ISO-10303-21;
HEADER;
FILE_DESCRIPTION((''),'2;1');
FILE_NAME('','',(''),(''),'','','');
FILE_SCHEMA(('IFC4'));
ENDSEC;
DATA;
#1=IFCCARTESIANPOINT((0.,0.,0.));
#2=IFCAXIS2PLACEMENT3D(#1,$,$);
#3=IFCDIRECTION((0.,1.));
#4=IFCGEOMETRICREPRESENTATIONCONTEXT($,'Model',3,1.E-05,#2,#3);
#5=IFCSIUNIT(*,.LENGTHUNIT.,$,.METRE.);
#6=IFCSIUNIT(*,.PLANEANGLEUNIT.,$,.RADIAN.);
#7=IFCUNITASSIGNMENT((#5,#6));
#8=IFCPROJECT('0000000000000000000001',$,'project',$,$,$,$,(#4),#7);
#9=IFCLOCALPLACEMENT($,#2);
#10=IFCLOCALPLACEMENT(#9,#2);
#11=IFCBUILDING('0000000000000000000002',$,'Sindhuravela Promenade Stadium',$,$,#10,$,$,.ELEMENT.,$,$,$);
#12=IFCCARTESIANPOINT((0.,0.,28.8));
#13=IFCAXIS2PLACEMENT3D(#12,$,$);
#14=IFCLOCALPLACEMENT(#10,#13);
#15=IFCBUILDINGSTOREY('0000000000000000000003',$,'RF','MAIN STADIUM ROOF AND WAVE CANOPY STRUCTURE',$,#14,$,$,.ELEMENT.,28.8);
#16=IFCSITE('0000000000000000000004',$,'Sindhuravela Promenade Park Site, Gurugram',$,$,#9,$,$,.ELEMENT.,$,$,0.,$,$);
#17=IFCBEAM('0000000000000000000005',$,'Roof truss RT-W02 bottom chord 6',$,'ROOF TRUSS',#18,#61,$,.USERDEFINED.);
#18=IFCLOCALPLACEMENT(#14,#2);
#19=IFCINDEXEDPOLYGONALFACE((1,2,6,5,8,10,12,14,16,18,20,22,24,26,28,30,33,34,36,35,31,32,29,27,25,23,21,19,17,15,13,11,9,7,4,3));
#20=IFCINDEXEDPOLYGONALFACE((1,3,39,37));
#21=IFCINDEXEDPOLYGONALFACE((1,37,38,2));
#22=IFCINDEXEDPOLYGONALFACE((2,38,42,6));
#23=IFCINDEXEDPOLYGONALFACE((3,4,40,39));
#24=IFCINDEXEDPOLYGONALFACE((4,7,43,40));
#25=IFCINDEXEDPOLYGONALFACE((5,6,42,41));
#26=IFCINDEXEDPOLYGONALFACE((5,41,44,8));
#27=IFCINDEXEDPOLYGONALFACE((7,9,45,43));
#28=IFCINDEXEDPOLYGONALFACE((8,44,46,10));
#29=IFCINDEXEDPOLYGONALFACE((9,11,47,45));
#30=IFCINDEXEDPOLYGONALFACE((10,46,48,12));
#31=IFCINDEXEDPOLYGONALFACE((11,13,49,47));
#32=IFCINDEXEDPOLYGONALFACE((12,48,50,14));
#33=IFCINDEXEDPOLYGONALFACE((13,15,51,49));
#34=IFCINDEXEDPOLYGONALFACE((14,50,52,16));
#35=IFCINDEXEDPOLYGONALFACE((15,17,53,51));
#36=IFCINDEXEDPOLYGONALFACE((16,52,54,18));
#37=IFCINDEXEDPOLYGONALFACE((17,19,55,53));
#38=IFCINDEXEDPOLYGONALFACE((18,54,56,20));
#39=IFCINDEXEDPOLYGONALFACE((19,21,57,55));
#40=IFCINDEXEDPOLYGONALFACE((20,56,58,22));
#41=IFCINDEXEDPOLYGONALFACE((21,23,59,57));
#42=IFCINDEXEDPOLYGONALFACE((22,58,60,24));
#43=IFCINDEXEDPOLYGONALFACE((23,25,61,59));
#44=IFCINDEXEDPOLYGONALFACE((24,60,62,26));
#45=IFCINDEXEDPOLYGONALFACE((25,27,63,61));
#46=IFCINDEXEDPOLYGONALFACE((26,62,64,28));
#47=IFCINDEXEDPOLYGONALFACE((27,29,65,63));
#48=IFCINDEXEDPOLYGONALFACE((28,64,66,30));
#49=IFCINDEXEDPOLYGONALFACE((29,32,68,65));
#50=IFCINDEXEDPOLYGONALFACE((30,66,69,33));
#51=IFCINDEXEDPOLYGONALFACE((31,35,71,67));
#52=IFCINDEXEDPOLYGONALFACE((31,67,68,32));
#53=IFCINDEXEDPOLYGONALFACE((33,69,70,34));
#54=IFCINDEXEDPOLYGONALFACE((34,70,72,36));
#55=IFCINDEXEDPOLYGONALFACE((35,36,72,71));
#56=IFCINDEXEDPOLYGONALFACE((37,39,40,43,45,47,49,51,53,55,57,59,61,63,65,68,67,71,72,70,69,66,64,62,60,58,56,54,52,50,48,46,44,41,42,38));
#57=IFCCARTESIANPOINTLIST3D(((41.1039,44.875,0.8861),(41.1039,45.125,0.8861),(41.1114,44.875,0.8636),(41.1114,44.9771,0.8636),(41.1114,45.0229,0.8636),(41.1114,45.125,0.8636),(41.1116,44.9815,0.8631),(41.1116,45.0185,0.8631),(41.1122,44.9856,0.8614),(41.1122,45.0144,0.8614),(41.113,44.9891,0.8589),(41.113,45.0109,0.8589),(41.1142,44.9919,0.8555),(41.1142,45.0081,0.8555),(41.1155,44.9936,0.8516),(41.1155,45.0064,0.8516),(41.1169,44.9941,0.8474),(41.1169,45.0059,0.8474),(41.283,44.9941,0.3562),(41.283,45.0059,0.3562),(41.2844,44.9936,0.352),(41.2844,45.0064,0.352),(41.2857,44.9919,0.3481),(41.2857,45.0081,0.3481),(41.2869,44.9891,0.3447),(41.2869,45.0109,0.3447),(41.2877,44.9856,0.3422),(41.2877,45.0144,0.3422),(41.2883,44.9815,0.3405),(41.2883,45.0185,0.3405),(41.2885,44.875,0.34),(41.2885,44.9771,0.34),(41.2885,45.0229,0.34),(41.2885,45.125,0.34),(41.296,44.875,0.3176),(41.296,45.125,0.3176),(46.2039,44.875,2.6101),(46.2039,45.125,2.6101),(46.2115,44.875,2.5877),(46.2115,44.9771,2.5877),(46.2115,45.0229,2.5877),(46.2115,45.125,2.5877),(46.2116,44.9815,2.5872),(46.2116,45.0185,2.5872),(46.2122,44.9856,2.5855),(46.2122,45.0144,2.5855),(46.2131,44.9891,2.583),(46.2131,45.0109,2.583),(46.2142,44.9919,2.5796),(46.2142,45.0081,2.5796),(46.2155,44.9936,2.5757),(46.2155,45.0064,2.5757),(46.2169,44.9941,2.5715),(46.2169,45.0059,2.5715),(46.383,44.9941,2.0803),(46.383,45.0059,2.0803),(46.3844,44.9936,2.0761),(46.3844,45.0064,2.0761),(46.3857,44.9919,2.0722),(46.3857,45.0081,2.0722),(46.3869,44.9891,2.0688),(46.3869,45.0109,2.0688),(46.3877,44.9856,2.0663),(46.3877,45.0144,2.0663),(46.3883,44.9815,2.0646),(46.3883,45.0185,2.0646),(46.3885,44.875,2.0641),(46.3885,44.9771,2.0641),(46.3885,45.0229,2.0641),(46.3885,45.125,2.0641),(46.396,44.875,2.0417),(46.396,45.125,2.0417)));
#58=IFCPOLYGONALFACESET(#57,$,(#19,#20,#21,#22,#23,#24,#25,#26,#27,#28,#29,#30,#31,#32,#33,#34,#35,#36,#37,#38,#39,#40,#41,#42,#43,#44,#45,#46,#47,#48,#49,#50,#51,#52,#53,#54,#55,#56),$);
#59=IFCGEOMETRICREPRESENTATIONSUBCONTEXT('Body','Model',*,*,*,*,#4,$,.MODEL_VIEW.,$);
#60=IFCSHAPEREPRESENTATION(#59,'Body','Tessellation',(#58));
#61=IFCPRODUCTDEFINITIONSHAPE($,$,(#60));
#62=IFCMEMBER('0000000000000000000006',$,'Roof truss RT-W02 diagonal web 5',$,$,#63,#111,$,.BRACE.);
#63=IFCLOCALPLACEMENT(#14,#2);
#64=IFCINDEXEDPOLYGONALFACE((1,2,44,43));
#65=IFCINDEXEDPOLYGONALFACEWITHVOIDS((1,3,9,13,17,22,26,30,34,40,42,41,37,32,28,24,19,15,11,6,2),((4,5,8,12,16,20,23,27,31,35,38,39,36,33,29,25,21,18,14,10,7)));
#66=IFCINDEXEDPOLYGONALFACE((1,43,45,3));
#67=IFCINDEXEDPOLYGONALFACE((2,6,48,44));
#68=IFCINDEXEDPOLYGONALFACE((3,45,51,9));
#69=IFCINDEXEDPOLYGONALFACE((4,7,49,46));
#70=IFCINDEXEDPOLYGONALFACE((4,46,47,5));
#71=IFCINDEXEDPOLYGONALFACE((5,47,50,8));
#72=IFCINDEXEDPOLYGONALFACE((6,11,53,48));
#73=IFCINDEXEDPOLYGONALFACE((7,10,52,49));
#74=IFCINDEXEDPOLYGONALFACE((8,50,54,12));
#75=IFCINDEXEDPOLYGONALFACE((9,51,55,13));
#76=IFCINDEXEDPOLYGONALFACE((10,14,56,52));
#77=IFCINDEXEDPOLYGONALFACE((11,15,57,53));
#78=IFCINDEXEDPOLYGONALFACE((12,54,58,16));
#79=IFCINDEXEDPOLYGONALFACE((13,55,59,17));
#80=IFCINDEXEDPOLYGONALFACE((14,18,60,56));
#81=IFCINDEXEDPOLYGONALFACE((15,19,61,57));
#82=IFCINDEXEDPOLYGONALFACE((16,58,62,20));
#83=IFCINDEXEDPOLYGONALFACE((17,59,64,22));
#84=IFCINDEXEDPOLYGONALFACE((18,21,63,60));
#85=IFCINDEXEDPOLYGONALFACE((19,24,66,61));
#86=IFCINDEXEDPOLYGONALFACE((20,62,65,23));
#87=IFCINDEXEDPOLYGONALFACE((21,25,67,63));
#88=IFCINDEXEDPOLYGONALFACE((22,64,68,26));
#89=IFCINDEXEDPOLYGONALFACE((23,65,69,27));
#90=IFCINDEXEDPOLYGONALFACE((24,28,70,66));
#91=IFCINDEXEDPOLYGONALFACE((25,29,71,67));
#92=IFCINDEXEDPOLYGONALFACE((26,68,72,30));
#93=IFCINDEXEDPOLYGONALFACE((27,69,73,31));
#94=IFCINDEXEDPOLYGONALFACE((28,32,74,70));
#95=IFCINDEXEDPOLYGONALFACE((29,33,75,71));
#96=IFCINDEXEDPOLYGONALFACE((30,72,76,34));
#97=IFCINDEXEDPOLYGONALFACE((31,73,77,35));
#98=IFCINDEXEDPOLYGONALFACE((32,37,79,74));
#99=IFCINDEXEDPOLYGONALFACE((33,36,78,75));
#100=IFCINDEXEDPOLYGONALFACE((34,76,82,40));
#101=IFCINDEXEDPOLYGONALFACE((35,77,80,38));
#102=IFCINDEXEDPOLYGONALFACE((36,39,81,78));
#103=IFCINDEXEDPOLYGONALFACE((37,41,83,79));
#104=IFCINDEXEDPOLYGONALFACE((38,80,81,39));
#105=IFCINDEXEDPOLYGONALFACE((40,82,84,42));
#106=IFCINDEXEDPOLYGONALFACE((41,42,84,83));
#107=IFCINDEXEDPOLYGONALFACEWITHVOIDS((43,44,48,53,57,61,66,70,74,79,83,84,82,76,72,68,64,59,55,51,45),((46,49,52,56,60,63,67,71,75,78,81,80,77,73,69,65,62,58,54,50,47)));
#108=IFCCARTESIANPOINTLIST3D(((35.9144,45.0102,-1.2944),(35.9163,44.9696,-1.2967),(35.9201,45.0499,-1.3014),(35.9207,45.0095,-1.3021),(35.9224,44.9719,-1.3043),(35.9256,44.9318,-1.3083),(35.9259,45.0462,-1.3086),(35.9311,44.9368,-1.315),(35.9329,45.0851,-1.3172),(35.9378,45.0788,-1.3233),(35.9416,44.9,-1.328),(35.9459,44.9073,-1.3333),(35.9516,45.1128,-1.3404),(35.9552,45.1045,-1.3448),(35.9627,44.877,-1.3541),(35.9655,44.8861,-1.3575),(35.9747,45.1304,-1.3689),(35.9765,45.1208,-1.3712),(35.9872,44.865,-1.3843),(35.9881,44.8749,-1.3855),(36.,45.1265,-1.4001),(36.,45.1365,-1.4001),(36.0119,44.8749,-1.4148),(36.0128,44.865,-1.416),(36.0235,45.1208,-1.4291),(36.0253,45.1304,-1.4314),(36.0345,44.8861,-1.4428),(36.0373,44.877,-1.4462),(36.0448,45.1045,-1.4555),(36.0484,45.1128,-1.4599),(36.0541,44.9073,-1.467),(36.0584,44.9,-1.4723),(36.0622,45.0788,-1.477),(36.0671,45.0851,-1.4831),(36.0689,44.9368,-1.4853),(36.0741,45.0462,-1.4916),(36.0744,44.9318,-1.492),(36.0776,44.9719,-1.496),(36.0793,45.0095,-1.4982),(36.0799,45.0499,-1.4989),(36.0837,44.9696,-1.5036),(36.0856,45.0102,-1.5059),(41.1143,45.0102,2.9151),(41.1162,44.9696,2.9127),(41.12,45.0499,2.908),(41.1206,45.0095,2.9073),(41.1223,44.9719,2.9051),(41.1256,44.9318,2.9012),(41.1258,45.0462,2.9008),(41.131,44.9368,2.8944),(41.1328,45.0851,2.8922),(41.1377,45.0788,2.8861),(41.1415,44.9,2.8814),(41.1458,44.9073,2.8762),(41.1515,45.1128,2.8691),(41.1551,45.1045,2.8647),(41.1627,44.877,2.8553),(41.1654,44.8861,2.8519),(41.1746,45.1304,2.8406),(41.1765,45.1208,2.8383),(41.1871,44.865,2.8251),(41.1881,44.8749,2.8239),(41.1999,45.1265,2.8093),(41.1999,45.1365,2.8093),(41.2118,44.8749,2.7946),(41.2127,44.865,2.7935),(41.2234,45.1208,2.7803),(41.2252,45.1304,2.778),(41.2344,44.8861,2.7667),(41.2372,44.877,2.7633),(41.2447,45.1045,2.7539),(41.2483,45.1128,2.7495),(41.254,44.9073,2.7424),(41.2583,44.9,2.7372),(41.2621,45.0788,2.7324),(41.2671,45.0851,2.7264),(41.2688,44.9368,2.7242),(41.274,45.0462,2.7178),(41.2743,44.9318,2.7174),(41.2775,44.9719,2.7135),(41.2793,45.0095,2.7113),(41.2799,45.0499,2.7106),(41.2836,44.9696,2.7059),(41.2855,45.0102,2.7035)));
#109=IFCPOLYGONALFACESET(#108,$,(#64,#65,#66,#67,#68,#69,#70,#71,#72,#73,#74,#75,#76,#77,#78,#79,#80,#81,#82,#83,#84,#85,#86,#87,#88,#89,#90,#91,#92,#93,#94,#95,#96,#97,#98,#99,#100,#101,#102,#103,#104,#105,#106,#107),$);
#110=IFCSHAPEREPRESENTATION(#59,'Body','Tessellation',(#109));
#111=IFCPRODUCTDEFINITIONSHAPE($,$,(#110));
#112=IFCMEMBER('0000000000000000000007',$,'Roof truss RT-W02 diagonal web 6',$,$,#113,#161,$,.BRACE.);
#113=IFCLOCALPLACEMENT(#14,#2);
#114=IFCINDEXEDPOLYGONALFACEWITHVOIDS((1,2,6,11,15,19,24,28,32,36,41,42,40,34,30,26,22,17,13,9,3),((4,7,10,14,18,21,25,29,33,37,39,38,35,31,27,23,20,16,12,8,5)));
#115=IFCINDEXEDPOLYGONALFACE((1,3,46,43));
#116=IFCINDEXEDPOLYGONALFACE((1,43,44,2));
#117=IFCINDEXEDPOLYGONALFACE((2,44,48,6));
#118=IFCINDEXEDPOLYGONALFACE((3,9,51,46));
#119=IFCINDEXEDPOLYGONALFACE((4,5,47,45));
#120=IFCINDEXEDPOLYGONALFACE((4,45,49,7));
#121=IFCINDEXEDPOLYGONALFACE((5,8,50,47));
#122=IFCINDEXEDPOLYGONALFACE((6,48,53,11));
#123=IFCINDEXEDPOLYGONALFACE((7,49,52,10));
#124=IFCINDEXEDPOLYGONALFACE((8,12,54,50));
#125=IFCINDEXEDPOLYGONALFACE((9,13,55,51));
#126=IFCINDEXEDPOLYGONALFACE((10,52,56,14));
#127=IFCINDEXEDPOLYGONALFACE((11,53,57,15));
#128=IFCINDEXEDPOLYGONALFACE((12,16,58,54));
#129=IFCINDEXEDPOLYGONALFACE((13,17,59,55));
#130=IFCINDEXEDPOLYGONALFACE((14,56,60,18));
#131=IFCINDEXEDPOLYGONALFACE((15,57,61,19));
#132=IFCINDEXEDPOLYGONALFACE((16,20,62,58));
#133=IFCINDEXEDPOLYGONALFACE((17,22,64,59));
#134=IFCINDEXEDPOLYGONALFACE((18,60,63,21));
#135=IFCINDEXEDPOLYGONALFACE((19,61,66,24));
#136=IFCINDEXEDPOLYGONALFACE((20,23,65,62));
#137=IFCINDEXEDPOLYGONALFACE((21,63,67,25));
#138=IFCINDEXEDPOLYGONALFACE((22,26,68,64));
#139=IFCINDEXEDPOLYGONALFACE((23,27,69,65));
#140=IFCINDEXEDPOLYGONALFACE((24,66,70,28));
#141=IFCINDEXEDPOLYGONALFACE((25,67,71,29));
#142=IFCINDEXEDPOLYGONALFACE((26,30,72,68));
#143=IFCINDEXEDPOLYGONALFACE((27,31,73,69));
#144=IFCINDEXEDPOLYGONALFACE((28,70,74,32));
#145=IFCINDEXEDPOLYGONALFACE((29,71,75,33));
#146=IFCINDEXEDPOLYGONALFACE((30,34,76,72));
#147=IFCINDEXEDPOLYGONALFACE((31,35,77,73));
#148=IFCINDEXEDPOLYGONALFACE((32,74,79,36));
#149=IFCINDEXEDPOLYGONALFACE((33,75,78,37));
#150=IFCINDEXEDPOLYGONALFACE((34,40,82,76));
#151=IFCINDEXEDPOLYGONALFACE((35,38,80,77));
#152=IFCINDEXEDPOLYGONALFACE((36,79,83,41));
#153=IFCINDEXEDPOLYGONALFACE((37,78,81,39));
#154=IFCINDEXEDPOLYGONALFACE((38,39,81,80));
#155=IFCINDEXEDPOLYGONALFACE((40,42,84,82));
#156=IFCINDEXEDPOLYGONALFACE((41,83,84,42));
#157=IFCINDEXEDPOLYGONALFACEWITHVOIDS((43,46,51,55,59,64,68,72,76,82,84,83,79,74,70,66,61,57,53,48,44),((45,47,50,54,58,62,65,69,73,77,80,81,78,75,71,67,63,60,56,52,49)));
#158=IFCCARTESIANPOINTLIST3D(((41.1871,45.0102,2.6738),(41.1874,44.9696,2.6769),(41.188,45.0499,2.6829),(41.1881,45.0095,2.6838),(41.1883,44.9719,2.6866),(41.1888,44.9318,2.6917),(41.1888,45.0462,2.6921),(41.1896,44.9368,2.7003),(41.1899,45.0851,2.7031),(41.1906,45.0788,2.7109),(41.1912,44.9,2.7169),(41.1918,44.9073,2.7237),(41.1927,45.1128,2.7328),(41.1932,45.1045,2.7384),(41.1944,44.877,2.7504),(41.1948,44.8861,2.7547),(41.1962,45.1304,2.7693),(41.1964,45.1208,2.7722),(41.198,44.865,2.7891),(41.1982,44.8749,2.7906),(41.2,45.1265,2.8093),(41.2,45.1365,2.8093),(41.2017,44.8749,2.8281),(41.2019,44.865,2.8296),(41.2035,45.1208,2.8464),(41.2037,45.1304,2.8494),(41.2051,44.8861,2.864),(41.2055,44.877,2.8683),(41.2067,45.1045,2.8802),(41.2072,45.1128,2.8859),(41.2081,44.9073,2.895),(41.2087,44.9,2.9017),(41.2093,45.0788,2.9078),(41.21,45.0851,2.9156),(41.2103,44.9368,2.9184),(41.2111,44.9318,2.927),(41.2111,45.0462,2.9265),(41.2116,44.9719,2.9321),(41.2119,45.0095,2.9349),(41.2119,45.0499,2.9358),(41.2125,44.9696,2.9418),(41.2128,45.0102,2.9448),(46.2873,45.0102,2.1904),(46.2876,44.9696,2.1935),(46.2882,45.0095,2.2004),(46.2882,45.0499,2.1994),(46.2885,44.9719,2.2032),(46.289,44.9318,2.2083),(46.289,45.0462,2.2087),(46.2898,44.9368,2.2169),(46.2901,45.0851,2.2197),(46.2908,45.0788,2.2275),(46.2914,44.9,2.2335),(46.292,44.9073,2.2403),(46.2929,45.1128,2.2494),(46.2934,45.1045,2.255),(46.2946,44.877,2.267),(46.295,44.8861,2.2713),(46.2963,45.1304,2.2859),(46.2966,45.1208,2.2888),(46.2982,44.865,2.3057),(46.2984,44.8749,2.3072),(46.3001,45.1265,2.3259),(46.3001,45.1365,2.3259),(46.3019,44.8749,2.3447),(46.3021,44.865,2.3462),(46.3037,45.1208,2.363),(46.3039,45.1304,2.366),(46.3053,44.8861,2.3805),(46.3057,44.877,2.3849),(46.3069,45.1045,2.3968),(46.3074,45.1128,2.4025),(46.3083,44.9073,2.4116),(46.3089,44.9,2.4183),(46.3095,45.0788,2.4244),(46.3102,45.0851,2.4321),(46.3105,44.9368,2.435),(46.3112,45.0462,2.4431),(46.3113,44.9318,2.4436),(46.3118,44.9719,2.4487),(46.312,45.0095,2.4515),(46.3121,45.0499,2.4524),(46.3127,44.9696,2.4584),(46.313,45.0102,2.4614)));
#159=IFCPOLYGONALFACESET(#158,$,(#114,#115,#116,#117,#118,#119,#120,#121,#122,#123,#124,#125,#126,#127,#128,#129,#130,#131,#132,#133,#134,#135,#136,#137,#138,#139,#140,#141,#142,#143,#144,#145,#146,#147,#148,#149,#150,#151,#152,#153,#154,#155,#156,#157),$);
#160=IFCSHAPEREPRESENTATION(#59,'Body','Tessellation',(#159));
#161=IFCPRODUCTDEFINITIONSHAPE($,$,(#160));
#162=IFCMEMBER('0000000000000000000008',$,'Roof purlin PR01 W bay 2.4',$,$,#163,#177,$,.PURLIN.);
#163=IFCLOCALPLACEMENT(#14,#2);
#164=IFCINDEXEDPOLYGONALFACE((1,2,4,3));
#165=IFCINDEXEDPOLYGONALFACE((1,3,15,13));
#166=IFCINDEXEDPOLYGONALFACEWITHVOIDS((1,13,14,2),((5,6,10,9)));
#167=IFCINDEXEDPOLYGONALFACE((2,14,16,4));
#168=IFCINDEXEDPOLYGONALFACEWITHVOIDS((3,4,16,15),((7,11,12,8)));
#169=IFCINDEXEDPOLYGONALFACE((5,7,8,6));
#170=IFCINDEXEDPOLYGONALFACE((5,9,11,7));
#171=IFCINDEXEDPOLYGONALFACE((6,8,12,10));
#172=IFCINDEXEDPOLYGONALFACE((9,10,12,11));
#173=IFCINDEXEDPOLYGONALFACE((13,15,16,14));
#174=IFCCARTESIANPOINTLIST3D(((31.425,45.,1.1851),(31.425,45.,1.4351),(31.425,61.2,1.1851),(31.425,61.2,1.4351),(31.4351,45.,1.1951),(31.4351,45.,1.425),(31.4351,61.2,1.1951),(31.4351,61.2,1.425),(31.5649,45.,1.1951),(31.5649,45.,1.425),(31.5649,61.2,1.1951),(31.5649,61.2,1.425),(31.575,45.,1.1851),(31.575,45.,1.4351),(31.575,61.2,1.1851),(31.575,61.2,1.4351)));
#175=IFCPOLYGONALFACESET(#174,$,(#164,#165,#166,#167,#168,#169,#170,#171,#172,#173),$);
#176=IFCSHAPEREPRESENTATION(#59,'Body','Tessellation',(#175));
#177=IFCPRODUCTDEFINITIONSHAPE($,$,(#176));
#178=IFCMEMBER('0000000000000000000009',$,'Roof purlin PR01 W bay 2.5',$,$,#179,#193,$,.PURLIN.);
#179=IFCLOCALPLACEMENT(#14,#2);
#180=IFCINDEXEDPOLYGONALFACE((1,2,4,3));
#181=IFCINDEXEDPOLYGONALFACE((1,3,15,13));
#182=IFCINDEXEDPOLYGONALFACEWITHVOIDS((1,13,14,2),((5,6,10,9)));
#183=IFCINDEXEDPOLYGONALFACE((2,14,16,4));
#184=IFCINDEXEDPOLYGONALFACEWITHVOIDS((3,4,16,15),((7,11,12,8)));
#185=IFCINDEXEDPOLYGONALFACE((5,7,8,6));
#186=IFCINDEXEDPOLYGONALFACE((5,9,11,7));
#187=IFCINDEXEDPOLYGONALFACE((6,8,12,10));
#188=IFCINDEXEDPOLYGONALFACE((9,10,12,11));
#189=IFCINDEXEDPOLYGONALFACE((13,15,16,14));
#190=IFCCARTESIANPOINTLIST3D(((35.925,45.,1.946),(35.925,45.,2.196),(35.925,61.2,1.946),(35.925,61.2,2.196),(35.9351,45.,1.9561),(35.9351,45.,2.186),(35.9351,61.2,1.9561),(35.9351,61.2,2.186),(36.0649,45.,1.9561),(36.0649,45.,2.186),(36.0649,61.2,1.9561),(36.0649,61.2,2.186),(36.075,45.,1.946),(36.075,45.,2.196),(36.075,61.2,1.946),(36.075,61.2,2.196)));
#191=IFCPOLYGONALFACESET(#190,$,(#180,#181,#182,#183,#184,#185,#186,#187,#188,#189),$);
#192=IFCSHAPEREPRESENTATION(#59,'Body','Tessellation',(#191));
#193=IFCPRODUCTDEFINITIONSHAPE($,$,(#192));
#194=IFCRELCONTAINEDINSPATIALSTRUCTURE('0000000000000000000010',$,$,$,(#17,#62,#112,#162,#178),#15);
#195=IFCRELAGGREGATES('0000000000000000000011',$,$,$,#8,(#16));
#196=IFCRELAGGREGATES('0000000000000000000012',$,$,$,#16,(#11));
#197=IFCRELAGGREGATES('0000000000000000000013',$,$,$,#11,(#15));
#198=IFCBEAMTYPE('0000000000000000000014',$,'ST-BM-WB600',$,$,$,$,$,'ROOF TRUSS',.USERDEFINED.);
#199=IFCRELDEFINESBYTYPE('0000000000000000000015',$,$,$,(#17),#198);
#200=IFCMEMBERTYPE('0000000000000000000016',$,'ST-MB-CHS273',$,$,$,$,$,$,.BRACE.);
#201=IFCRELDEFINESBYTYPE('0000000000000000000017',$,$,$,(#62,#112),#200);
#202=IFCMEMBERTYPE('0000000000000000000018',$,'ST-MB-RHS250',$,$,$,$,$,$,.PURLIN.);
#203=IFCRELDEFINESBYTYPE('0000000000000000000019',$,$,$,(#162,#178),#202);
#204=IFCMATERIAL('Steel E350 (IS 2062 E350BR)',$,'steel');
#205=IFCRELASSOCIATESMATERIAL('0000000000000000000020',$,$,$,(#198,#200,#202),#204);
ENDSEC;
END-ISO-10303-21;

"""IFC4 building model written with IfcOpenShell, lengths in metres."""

from ifc_helpers import new_model, si_unit, direction, frame, origin, origin_2d, place, context, subcontext, project, spatial, hollow_rectangle, hollow_circle, i_section, extrude, material, material_profile, profile_set, type_object, element, save


model = new_model("IFC4")

# Units and contexts
model_context = context("Model", 3, precision=1e-05, world=origin(), true_north=direction((0.0, 1.0)))
body_context = subcontext(model_context, "Body", "Model", "MODEL_VIEW")
ifc_project = project(units=[si_unit("LENGTHUNIT", "METRE"), si_unit("PLANEANGLEUNIT", "RADIAN")], contexts=[model_context])

# Site, building, storey
site_placement = place(None, origin())
site = spatial("IfcSite", under=ifc_project, at=site_placement, Name="Sindhuravela Promenade Park Site, Gurugram", CompositionType="ELEMENT", RefElevation=0.0)
building_placement = place(site_placement, origin())
building = spatial("IfcBuilding", under=site, at=building_placement, Name="Sindhuravela Promenade Stadium", CompositionType="ELEMENT")
storey_placement = place(building_placement, frame((0.0, 0.0, 28.8)))
storey = spatial("IfcBuildingStorey", under=building, at=storey_placement, Name="RF", Description="MAIN STADIUM ROOF AND WAVE CANOPY STRUCTURE", CompositionType="ELEMENT", Elevation=28.8)

# Beam
ifc_material_1 = material(Name="Steel E350 (IS 2062 E350BR)", Category="steel")
ifc_material_profile_1 = material_profile(ifc_material_1, i_section(OverallWidth=0.25, OverallDepth=0.6001, WebThickness=0.0117, FlangeThickness=0.0237, FilletRadius=0.0171, at=origin_2d()), Name="ISWB 600")
ifc_profile_set_1 = profile_set([ifc_material_profile_1], Name="Steel E350 (IS 2062 E350BR)")
beam_type_1 = type_object("IfcBeamType", Name="ST-BM-WB600", ElementType="ROOF TRUSS", PredefinedType="USERDEFINED", material=ifc_profile_set_1)
beam_1_placement = place(storey_placement, frame((41.2, 45.0, 0.6018), z_axis=(0.947332, 0.0, 0.320252), x_axis=(0.0, 1.0, 0.0)))
element("IfcBeam", 1, at=beam_1_placement, inside=storey, type_object=beam_type_1, Name="Roof truss RT-W02 bottom chord 6", ObjectType="ROOF TRUSS", PredefinedType="USERDEFINED", context=body_context, shape_type="SweptSolid", body=[
    extrude(i_section(OverallWidth=0.25, OverallDepth=0.6001, WebThickness=0.0117, FlangeThickness=0.0237, FilletRadius=0.0171, at=origin_2d()), origin(), (0.0, 0.0, 1.0), 5.3835),
])

# Members
ifc_material_profile_2 = material_profile(ifc_material_1, hollow_circle(Radius=0.1365, WallThickness=0.01, at=origin_2d()), Name="CHS 273.0x10")
ifc_profile_set_2 = profile_set([ifc_material_profile_2], Name="Steel E350 (IS 2062 E350BR)")
member_type_1 = type_object("IfcMemberType", Name="ST-MB-CHS273", PredefinedType="BRACE", material=ifc_profile_set_2)
member_1_placement = place(storey_placement, frame((36.0, 45.0, -1.4001), z_axis=(0.777246, 0.0, 0.629197), x_axis=(0.0, 1.0, 0.0)))
element("IfcMember", 2, at=member_1_placement, inside=storey, type_object=member_type_1, Name="Roof truss RT-W02 diagonal web 5", PredefinedType="BRACE", context=body_context, shape_type="SweptSolid", body=[
    extrude(hollow_circle(Radius=0.1365, WallThickness=0.01, at=origin_2d()), origin(), (0.0, 0.0, 1.0), 6.6902),
])
member_2_placement = place(storey_placement, frame((41.2, 45.0, 2.8093), z_axis=(0.995538, 0.0, -0.094359), x_axis=(0.0, 1.0, 0.0)))
element("IfcMember", 3, at=member_2_placement, inside=storey, type_object=member_type_1, Name="Roof truss RT-W02 diagonal web 6", PredefinedType="BRACE", context=body_context, shape_type="SweptSolid", body=[
    extrude(hollow_circle(Radius=0.1365, WallThickness=0.01, at=origin_2d()), origin(), (0.0, 0.0, 1.0), 5.123),
])
ifc_material_profile_3 = material_profile(ifc_material_1, hollow_rectangle(XDim=0.1499, YDim=0.25, WallThickness=0.01, at=origin_2d()), Name="RHS 250x150x10")
ifc_profile_set_3 = profile_set([ifc_material_profile_3], Name="Steel E350 (IS 2062 E350BR)")
member_type_2 = type_object("IfcMemberType", Name="ST-MB-RHS250", PredefinedType="PURLIN", material=ifc_profile_set_3)
for number, where, z_axis, x_axis, name in (
    (4, (31.5, 45.0, 1.3101), (0.0, 1.0, 0.0), (-1.0, 0.0, 0.0), "Roof purlin PR01 W bay 2.4"),
    (5, (36.0, 45.0, 2.071), (0.0, 1.0, 0.0), (-1.0, 0.0, 0.0), "Roof purlin PR01 W bay 2.5"),
):
    element("IfcMember", number, at=place(storey_placement, frame(where, z_axis=z_axis, x_axis=x_axis)), inside=storey, type_object=member_type_2, Name=name, PredefinedType="PURLIN", context=body_context, shape_type="SweptSolid", body=[
        extrude(hollow_rectangle(XDim=0.1499, YDim=0.25, WallThickness=0.01, at=origin_2d()), origin(), (0.0, 0.0, 1.0), 16.2),
    ])

save(model, "model.ifc")
